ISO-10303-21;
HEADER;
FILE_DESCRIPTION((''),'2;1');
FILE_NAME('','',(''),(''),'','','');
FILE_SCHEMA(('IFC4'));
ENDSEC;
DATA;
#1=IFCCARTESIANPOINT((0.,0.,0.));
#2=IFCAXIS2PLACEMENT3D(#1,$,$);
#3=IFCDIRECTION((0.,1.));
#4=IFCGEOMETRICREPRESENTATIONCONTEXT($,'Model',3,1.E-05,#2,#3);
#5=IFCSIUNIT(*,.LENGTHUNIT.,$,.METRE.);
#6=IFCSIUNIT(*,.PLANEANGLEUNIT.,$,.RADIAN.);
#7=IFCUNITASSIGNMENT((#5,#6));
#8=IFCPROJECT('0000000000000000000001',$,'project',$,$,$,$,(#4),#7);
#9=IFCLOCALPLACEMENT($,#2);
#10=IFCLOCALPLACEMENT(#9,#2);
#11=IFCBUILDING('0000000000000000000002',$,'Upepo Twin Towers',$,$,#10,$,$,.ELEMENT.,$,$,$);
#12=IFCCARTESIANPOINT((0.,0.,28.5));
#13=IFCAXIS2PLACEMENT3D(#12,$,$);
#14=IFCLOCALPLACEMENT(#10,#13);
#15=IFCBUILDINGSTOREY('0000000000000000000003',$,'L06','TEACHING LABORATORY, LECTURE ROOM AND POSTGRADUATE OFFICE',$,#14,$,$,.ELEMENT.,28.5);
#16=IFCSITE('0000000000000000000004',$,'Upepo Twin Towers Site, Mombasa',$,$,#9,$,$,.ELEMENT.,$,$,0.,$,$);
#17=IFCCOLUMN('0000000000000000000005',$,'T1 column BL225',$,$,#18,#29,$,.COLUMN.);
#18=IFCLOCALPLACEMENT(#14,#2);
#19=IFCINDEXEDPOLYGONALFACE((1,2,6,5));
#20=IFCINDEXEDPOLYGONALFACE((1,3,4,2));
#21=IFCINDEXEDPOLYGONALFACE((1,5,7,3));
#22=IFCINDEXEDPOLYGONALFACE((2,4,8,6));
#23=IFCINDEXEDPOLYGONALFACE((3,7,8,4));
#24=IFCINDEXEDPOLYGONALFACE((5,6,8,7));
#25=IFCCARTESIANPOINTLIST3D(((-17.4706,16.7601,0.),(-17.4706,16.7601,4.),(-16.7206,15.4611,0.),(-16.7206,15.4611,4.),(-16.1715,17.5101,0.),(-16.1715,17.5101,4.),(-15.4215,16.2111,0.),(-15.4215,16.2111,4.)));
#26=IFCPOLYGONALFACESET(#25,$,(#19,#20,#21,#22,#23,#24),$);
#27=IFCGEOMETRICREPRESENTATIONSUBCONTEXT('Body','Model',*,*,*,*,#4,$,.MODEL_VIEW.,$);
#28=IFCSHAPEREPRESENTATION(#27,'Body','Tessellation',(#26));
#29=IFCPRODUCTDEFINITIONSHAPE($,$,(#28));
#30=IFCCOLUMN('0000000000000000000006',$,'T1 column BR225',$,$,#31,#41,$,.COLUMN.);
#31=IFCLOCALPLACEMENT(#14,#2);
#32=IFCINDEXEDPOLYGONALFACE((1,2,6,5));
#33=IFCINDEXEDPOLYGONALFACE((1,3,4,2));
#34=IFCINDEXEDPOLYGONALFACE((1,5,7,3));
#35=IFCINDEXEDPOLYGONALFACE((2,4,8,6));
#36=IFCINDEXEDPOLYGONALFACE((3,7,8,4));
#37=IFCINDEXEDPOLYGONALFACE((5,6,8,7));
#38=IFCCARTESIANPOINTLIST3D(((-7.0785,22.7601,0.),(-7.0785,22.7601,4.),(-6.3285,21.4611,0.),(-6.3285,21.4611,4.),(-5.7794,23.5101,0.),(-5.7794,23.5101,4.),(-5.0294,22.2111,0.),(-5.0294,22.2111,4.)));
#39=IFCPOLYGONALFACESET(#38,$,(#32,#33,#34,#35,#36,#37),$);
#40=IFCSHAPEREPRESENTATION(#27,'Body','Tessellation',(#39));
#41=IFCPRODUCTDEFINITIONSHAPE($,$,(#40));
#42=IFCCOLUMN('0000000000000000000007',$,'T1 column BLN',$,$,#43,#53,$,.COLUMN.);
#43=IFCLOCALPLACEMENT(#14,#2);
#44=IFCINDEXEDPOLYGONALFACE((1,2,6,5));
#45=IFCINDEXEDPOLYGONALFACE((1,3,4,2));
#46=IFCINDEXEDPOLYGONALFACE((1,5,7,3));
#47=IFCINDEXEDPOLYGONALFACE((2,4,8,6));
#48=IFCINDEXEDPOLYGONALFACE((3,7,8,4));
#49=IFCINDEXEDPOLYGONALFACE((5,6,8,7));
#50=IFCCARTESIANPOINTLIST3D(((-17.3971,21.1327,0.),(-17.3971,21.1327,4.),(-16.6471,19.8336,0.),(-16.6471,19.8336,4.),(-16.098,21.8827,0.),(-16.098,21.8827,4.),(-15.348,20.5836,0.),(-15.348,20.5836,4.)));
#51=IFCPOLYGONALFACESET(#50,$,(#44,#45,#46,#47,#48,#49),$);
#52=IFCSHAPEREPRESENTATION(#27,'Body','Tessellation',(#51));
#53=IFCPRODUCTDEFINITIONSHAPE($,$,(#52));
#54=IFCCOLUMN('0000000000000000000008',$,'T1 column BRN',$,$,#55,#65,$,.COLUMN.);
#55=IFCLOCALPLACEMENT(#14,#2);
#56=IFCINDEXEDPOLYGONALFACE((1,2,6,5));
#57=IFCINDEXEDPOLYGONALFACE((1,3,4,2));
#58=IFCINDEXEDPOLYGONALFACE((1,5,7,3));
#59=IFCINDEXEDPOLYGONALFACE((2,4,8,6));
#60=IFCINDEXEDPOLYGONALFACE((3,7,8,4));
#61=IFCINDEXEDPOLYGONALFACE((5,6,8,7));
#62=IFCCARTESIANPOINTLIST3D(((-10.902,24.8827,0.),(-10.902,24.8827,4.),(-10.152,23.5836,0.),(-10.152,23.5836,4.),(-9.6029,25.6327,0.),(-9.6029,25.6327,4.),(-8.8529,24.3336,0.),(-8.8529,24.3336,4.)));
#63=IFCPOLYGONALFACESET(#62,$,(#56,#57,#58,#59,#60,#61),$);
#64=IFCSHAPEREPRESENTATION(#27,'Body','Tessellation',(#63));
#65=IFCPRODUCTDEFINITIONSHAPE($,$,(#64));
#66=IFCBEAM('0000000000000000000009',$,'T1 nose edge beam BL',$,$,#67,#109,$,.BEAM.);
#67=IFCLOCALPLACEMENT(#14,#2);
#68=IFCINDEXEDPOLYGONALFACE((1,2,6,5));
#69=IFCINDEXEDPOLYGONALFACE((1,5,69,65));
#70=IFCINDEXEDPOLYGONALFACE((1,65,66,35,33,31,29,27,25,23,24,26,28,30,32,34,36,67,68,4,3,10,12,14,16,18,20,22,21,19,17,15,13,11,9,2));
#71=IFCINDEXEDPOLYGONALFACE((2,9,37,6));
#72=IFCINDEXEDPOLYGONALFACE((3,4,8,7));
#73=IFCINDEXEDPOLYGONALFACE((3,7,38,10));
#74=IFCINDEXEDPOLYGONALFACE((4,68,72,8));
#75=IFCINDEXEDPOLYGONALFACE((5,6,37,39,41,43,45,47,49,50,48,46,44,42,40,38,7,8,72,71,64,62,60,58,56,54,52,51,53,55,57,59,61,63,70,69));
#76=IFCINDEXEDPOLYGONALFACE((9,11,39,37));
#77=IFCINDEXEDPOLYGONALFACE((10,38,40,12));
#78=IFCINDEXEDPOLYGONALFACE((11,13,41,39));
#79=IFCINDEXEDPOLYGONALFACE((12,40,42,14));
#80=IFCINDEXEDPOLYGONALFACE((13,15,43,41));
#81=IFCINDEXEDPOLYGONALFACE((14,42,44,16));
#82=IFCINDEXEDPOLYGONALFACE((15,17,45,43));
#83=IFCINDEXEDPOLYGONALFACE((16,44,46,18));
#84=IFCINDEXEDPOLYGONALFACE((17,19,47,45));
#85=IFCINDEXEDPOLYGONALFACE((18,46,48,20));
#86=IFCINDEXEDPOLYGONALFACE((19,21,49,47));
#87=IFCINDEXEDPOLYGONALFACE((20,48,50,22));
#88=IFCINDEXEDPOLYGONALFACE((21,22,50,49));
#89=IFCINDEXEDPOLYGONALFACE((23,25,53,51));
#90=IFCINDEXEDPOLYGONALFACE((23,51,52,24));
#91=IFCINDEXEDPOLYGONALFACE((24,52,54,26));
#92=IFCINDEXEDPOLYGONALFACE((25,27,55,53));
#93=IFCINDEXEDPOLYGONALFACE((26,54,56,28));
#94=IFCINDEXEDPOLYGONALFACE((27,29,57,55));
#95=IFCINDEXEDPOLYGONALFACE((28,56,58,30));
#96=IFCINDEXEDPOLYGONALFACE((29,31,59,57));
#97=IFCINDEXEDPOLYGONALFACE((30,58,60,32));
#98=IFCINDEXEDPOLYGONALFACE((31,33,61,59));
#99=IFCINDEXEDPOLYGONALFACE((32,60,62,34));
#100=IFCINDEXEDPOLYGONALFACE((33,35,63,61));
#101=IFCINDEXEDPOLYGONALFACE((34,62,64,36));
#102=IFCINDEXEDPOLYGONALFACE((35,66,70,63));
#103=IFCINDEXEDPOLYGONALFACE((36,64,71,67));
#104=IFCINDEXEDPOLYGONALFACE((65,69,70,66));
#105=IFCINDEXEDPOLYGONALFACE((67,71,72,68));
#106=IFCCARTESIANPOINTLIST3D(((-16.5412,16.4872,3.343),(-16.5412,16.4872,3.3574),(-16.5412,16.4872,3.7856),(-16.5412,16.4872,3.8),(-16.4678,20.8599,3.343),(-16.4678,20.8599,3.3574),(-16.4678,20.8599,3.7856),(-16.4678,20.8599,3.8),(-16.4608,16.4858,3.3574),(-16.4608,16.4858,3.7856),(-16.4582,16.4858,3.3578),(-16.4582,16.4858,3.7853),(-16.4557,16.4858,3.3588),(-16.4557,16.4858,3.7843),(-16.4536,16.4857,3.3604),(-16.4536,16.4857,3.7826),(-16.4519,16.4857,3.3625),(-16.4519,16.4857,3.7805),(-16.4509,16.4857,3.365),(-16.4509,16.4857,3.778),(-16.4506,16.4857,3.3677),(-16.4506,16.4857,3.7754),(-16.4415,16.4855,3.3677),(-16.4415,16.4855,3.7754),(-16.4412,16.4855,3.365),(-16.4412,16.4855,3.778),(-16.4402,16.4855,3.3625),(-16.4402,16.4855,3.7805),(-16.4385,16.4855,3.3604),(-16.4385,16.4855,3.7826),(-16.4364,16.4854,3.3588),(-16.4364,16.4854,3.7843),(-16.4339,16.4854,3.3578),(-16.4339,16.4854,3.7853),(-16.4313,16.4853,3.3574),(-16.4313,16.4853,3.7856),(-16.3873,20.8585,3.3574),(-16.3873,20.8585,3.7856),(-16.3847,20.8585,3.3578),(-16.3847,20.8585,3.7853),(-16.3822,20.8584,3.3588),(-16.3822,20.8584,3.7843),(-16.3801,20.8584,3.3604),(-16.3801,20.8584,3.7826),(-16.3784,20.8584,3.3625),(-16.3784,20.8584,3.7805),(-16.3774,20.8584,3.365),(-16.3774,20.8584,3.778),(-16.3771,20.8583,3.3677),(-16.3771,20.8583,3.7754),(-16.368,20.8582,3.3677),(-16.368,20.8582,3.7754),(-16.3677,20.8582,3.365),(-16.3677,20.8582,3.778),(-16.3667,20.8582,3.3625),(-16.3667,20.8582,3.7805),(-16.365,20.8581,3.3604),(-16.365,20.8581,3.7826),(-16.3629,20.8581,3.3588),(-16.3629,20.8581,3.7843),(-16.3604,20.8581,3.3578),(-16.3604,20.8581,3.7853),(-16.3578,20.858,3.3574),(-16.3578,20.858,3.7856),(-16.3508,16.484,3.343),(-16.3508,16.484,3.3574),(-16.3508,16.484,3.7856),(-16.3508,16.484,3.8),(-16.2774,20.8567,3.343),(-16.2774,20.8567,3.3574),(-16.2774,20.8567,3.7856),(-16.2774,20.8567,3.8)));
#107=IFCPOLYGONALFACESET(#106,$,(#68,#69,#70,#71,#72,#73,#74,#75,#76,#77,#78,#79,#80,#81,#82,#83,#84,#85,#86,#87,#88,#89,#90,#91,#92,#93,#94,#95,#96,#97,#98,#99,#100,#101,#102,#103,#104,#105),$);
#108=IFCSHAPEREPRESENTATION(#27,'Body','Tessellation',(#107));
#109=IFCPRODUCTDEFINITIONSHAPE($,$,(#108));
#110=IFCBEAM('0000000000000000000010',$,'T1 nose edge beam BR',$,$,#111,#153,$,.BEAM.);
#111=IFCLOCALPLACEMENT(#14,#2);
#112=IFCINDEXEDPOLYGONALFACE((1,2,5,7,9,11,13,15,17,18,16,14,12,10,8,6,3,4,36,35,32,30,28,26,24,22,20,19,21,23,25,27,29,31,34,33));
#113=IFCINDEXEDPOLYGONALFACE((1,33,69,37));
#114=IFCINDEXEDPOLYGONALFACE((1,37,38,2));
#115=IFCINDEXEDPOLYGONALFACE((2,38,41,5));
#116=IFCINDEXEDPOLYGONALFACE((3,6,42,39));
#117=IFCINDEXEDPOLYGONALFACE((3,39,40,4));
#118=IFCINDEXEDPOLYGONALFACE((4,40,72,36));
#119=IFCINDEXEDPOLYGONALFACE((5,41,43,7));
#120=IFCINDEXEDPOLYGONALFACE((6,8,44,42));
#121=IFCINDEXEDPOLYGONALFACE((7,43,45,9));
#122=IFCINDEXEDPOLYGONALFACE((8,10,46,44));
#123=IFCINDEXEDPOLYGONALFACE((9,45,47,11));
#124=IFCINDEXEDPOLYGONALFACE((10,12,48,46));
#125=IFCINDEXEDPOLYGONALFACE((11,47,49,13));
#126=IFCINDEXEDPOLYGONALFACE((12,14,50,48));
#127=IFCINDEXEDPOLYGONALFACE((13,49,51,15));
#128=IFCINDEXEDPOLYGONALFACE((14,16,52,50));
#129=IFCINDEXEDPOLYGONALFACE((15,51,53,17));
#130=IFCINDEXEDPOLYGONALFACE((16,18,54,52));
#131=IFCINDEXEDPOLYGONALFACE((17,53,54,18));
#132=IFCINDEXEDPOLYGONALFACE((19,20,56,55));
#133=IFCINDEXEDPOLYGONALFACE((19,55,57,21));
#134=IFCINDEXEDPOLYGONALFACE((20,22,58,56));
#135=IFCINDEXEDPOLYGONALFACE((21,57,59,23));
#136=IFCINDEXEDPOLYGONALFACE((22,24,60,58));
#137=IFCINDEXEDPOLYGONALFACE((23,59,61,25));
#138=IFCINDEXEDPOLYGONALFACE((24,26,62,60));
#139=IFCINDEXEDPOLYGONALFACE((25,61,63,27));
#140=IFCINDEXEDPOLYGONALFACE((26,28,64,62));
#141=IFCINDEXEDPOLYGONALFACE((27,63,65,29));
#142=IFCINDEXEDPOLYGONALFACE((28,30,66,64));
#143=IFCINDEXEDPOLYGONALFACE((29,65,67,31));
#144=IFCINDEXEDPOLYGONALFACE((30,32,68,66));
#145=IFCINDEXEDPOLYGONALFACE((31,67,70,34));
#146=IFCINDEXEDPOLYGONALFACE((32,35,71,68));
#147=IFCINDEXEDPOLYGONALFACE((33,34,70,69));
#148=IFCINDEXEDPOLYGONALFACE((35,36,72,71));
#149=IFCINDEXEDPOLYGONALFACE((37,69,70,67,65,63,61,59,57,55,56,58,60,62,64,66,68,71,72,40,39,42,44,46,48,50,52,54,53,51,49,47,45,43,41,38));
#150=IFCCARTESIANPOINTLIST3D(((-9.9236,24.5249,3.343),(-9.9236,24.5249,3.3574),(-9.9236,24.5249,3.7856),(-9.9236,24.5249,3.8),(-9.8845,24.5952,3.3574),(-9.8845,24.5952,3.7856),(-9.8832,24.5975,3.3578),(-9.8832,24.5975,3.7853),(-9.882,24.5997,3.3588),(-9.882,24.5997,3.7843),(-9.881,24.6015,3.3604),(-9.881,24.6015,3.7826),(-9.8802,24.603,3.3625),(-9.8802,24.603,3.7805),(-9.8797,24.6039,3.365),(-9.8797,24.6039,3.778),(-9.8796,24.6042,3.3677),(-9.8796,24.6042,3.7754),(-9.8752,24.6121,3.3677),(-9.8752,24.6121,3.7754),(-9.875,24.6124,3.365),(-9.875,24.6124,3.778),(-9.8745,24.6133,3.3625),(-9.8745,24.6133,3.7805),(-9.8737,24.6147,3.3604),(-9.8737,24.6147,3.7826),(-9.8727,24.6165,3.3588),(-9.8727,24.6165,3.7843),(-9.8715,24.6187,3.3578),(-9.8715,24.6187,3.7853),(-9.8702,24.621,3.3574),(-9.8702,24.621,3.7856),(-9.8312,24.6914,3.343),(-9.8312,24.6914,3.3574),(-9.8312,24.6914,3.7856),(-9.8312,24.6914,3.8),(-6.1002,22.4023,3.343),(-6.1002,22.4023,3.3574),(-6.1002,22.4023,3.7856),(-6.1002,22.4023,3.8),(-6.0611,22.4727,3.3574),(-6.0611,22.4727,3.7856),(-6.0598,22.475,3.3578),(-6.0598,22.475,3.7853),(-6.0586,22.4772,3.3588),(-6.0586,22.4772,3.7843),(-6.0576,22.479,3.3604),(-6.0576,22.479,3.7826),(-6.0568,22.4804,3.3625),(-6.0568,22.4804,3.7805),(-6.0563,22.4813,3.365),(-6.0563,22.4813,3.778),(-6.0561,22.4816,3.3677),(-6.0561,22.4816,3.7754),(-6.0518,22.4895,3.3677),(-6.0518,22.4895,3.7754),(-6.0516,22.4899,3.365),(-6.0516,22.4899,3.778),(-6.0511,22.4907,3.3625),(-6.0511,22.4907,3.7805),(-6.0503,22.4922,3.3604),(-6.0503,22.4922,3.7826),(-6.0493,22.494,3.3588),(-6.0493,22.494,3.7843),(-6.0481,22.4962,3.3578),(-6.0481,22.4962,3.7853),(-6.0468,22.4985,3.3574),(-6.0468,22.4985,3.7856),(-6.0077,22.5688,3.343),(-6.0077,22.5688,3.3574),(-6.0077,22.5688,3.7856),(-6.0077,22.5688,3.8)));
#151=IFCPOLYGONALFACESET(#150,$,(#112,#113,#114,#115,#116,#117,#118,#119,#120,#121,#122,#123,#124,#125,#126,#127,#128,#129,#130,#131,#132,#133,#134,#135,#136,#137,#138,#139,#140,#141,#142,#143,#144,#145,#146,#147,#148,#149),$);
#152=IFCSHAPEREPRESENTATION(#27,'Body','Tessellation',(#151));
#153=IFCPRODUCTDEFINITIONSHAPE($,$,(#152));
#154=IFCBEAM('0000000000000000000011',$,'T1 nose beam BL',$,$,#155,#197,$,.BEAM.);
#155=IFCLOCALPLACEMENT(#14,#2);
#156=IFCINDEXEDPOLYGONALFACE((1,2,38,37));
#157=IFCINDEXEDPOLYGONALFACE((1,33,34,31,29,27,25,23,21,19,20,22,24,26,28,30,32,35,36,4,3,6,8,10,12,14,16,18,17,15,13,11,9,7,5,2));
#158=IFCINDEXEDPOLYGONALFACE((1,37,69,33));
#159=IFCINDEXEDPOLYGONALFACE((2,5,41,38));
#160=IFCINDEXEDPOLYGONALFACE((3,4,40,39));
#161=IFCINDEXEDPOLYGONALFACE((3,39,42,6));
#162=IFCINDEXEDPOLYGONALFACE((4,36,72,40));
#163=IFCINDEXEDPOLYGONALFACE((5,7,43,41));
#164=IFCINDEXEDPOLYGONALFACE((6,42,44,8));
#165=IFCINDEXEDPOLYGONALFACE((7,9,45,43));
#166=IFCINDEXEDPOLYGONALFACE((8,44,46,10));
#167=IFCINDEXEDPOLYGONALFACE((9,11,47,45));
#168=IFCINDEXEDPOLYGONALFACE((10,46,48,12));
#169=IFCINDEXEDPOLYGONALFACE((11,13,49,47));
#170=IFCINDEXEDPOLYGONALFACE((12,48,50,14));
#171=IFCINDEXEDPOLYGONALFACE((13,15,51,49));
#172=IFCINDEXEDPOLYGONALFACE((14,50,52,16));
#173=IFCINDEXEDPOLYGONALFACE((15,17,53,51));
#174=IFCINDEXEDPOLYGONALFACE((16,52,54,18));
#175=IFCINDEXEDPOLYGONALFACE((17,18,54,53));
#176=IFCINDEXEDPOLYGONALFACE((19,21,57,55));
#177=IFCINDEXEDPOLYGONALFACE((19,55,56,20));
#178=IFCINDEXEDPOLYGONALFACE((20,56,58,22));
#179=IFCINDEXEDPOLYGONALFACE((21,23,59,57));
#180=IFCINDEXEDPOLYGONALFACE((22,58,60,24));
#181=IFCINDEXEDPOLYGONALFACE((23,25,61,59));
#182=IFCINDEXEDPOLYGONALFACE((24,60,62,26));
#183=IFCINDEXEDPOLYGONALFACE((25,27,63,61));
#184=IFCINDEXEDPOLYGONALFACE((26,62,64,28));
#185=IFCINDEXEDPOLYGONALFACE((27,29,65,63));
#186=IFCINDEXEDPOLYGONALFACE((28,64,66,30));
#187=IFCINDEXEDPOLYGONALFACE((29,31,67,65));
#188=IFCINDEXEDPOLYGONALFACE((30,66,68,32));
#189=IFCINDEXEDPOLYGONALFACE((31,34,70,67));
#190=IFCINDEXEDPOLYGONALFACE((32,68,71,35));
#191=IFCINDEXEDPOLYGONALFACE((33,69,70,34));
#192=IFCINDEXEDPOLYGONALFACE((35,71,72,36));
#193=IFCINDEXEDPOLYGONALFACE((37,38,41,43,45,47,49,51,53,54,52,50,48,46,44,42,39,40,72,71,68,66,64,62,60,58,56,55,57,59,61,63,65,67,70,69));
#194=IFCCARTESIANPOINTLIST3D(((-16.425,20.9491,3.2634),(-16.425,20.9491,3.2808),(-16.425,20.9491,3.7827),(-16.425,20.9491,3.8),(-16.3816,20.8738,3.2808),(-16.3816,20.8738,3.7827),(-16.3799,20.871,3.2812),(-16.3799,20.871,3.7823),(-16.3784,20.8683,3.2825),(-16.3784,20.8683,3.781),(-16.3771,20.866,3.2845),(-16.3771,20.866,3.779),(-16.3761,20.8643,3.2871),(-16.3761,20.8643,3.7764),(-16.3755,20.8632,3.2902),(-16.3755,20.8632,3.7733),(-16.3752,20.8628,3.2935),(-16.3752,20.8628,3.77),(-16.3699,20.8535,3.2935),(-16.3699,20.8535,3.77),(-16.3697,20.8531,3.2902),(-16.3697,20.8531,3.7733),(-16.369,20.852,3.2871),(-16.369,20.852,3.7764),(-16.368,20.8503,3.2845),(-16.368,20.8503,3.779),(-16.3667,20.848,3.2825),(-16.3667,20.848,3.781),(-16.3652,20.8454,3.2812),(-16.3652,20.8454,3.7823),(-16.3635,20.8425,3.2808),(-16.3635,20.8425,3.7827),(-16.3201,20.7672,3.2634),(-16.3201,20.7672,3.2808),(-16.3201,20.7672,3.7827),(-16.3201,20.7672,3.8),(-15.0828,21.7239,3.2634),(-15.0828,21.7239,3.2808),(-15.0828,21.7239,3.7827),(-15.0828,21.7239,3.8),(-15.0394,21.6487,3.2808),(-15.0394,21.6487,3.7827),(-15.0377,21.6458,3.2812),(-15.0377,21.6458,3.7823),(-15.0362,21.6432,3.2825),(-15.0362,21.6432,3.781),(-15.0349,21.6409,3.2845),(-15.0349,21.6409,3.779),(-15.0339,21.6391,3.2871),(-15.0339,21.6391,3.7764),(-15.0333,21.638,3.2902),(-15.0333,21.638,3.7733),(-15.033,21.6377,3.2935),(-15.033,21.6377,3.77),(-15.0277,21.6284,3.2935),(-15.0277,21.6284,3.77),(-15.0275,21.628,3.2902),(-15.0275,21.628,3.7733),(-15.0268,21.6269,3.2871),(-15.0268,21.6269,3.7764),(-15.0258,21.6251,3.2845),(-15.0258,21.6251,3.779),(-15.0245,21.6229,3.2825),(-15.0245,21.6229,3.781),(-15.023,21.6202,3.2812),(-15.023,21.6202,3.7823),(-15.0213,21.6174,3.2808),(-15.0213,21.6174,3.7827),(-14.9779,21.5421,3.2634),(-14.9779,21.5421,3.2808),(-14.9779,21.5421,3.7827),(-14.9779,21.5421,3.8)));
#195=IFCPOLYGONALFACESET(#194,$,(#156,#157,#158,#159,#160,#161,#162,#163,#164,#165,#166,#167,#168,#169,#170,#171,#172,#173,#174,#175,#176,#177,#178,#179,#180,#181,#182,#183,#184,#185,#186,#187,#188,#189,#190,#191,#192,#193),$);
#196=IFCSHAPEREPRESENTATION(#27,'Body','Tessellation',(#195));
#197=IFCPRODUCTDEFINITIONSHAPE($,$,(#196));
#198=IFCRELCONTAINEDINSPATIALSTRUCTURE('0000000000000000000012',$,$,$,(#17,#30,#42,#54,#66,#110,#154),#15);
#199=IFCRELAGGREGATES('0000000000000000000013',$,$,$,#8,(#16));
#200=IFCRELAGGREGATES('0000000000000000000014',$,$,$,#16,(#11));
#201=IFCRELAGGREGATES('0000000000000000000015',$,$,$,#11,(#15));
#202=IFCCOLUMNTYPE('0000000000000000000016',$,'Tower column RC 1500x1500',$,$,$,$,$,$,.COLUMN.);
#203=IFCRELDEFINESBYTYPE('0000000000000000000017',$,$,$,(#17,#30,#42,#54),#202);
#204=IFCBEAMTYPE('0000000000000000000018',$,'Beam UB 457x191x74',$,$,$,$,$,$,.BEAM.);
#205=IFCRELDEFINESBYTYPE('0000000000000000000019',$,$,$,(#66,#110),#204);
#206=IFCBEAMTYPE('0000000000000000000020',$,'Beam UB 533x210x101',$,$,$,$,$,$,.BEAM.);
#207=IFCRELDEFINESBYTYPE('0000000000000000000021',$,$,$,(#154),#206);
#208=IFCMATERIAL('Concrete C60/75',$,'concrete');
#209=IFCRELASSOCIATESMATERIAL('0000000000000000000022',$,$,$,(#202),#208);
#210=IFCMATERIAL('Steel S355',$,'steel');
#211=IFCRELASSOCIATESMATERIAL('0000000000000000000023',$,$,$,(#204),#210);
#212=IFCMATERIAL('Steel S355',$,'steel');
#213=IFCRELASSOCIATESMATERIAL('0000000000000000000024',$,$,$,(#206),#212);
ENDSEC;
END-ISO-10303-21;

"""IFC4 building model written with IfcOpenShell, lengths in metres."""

from ifc_helpers import new_model, si_unit, direction, frame, origin, origin_2d, place, context, subcontext, project, spatial, rectangle, i_section, extrude, material, material_profile, profile_set, type_object, element, save


model = new_model("IFC4")

# Units and contexts
model_context = context("Model", 3, precision=1e-05, world=origin(), true_north=direction((0.0, 1.0)))
body_context = subcontext(model_context, "Body", "Model", "MODEL_VIEW")
ifc_project = project(units=[si_unit("LENGTHUNIT", "METRE"), si_unit("PLANEANGLEUNIT", "RADIAN")], contexts=[model_context])

# Site, building, storey
site_placement = place(None, origin())
site = spatial("IfcSite", under=ifc_project, at=site_placement, Name="Upepo Twin Towers Site, Mombasa", CompositionType="ELEMENT", RefElevation=0.0)
building_placement = place(site_placement, origin())
building = spatial("IfcBuilding", under=site, at=building_placement, Name="Upepo Twin Towers", CompositionType="ELEMENT")
storey_placement = place(building_placement, frame((0.0, 0.0, 28.5)))
storey = spatial("IfcBuildingStorey", under=building, at=storey_placement, Name="L06", Description="TEACHING LABORATORY, LECTURE ROOM AND POSTGRADUATE OFFICE", CompositionType="ELEMENT", Elevation=28.5)

# Columns
ifc_material_1 = material(Name="Concrete C60/75", Category="concrete")
ifc_material_profile_1 = material_profile(ifc_material_1, rectangle(XDim=1.5, YDim=1.5, at=origin_2d()), Name="RC 1500x1500")
ifc_profile_set_1 = profile_set([ifc_material_profile_1], Name="Concrete C60/75")
column_type = type_object("IfcColumnType", Name="Tower column RC 1500x1500", PredefinedType="COLUMN", material=ifc_profile_set_1)
for number, where, z_axis, x_axis, name in (
    (1, (-16.446, 16.4856, 0.0), (0.0, 0.0, 1.0), (0.866025, 0.5, 0.0), "T1 column BL225"),
    (2, (-6.054, 22.4856, 0.0), (0.0, 0.0, 1.0), (0.866025, 0.5, 0.0), "T1 column BR225"),
    (3, (-16.3726, 20.8582, 0.0), (0.0, 0.0, 1.0), (0.866025, 0.5, 0.0), "T1 column BLN"),
    (4, (-9.8774, 24.6082, 0.0), (0.0, 0.0, 1.0), (0.866025, 0.5, 0.0), "T1 column BRN"),
):
    element("IfcColumn", number, at=place(storey_placement, frame(where, z_axis=z_axis, x_axis=x_axis)), inside=storey, type_object=column_type, Name=name, PredefinedType="COLUMN", context=body_context, shape_type="SweptSolid", body=[
        extrude(rectangle(XDim=1.5, YDim=1.5, at=origin_2d()), origin(), (0.0, 0.0, 1.0), 4.0),
    ])

# Beams
ifc_material_2 = material(Name="Steel S355", Category="steel")
ifc_material_profile_2 = material_profile(ifc_material_2, i_section(OverallWidth=0.1904, OverallDepth=0.457, WebThickness=0.009, FlangeThickness=0.0144, FilletRadius=0.0103, at=origin_2d()), Name="UB 457x191x74")
ifc_profile_set_2 = profile_set([ifc_material_profile_2], Name="Steel S355")
beam_type_1 = type_object("IfcBeamType", Name="Beam UB 457x191x74", PredefinedType="BEAM", material=ifc_profile_set_2)
beam_1_placement = place(storey_placement, frame((-16.446, 16.4856, 3.5715), z_axis=(0.016804, 0.999859, 0.0), x_axis=(-0.999859, 0.016804, 0.0)))
element("IfcBeam", 5, at=beam_1_placement, inside=storey, type_object=beam_type_1, Name="T1 nose edge beam BL", PredefinedType="BEAM", context=body_context, shape_type="SweptSolid", body=[
    extrude(i_section(OverallWidth=0.1904, OverallDepth=0.457, WebThickness=0.009, FlangeThickness=0.0144, FilletRadius=0.0103, at=origin_2d()), origin(), (0.0, 0.0, 1.0), 4.3733),
])
beam_2_placement = place(storey_placement, frame((-6.054, 22.4856, 3.5715), z_axis=(-0.874313, 0.485363, 0.0), x_axis=(-0.485363, -0.874313, 0.0)))
element("IfcBeam", 6, at=beam_2_placement, inside=storey, type_object=beam_type_1, Name="T1 nose edge beam BR", PredefinedType="BEAM", context=body_context, shape_type="SweptSolid", body=[
    extrude(i_section(OverallWidth=0.1904, OverallDepth=0.457, WebThickness=0.009, FlangeThickness=0.0144, FilletRadius=0.0103, at=origin_2d()), origin(), (0.0, 0.0, 1.0), 4.373),
])
ifc_material_3 = material(Name="Steel S355", Category="steel")
ifc_material_profile_3 = material_profile(ifc_material_3, i_section(OverallWidth=0.21, OverallDepth=0.5366, WebThickness=0.0107, FlangeThickness=0.0173, FilletRadius=0.0127, at=origin_2d()), Name="UB 533x210x101")
ifc_profile_set_3 = profile_set([ifc_material_profile_3], Name="Steel S355")
beam_type_2 = type_object("IfcBeamType", Name="Beam UB 533x210x101", PredefinedType="BEAM", material=ifc_profile_set_3)
for number, where, z_axis, x_axis, name in (
    (7, (-16.3726, 20.8582, 3.5317), (0.866044, 0.499968, 0.0), (-0.499968, 0.866044, 0.0), "T1 nose beam BL"),
):
    element("IfcBeam", number, at=place(storey_placement, frame(where, z_axis=z_axis, x_axis=x_axis)), inside=storey, type_object=beam_type_2, Name=name, PredefinedType="BEAM", context=body_context, shape_type="SweptSolid", body=[
        extrude(i_section(OverallWidth=0.21, OverallDepth=0.5366, WebThickness=0.0107, FlangeThickness=0.0173, FilletRadius=0.0127, at=origin_2d()), origin(), (0.0, 0.0, 1.0), 1.5498),
    ])

save(model, "model.ifc")
